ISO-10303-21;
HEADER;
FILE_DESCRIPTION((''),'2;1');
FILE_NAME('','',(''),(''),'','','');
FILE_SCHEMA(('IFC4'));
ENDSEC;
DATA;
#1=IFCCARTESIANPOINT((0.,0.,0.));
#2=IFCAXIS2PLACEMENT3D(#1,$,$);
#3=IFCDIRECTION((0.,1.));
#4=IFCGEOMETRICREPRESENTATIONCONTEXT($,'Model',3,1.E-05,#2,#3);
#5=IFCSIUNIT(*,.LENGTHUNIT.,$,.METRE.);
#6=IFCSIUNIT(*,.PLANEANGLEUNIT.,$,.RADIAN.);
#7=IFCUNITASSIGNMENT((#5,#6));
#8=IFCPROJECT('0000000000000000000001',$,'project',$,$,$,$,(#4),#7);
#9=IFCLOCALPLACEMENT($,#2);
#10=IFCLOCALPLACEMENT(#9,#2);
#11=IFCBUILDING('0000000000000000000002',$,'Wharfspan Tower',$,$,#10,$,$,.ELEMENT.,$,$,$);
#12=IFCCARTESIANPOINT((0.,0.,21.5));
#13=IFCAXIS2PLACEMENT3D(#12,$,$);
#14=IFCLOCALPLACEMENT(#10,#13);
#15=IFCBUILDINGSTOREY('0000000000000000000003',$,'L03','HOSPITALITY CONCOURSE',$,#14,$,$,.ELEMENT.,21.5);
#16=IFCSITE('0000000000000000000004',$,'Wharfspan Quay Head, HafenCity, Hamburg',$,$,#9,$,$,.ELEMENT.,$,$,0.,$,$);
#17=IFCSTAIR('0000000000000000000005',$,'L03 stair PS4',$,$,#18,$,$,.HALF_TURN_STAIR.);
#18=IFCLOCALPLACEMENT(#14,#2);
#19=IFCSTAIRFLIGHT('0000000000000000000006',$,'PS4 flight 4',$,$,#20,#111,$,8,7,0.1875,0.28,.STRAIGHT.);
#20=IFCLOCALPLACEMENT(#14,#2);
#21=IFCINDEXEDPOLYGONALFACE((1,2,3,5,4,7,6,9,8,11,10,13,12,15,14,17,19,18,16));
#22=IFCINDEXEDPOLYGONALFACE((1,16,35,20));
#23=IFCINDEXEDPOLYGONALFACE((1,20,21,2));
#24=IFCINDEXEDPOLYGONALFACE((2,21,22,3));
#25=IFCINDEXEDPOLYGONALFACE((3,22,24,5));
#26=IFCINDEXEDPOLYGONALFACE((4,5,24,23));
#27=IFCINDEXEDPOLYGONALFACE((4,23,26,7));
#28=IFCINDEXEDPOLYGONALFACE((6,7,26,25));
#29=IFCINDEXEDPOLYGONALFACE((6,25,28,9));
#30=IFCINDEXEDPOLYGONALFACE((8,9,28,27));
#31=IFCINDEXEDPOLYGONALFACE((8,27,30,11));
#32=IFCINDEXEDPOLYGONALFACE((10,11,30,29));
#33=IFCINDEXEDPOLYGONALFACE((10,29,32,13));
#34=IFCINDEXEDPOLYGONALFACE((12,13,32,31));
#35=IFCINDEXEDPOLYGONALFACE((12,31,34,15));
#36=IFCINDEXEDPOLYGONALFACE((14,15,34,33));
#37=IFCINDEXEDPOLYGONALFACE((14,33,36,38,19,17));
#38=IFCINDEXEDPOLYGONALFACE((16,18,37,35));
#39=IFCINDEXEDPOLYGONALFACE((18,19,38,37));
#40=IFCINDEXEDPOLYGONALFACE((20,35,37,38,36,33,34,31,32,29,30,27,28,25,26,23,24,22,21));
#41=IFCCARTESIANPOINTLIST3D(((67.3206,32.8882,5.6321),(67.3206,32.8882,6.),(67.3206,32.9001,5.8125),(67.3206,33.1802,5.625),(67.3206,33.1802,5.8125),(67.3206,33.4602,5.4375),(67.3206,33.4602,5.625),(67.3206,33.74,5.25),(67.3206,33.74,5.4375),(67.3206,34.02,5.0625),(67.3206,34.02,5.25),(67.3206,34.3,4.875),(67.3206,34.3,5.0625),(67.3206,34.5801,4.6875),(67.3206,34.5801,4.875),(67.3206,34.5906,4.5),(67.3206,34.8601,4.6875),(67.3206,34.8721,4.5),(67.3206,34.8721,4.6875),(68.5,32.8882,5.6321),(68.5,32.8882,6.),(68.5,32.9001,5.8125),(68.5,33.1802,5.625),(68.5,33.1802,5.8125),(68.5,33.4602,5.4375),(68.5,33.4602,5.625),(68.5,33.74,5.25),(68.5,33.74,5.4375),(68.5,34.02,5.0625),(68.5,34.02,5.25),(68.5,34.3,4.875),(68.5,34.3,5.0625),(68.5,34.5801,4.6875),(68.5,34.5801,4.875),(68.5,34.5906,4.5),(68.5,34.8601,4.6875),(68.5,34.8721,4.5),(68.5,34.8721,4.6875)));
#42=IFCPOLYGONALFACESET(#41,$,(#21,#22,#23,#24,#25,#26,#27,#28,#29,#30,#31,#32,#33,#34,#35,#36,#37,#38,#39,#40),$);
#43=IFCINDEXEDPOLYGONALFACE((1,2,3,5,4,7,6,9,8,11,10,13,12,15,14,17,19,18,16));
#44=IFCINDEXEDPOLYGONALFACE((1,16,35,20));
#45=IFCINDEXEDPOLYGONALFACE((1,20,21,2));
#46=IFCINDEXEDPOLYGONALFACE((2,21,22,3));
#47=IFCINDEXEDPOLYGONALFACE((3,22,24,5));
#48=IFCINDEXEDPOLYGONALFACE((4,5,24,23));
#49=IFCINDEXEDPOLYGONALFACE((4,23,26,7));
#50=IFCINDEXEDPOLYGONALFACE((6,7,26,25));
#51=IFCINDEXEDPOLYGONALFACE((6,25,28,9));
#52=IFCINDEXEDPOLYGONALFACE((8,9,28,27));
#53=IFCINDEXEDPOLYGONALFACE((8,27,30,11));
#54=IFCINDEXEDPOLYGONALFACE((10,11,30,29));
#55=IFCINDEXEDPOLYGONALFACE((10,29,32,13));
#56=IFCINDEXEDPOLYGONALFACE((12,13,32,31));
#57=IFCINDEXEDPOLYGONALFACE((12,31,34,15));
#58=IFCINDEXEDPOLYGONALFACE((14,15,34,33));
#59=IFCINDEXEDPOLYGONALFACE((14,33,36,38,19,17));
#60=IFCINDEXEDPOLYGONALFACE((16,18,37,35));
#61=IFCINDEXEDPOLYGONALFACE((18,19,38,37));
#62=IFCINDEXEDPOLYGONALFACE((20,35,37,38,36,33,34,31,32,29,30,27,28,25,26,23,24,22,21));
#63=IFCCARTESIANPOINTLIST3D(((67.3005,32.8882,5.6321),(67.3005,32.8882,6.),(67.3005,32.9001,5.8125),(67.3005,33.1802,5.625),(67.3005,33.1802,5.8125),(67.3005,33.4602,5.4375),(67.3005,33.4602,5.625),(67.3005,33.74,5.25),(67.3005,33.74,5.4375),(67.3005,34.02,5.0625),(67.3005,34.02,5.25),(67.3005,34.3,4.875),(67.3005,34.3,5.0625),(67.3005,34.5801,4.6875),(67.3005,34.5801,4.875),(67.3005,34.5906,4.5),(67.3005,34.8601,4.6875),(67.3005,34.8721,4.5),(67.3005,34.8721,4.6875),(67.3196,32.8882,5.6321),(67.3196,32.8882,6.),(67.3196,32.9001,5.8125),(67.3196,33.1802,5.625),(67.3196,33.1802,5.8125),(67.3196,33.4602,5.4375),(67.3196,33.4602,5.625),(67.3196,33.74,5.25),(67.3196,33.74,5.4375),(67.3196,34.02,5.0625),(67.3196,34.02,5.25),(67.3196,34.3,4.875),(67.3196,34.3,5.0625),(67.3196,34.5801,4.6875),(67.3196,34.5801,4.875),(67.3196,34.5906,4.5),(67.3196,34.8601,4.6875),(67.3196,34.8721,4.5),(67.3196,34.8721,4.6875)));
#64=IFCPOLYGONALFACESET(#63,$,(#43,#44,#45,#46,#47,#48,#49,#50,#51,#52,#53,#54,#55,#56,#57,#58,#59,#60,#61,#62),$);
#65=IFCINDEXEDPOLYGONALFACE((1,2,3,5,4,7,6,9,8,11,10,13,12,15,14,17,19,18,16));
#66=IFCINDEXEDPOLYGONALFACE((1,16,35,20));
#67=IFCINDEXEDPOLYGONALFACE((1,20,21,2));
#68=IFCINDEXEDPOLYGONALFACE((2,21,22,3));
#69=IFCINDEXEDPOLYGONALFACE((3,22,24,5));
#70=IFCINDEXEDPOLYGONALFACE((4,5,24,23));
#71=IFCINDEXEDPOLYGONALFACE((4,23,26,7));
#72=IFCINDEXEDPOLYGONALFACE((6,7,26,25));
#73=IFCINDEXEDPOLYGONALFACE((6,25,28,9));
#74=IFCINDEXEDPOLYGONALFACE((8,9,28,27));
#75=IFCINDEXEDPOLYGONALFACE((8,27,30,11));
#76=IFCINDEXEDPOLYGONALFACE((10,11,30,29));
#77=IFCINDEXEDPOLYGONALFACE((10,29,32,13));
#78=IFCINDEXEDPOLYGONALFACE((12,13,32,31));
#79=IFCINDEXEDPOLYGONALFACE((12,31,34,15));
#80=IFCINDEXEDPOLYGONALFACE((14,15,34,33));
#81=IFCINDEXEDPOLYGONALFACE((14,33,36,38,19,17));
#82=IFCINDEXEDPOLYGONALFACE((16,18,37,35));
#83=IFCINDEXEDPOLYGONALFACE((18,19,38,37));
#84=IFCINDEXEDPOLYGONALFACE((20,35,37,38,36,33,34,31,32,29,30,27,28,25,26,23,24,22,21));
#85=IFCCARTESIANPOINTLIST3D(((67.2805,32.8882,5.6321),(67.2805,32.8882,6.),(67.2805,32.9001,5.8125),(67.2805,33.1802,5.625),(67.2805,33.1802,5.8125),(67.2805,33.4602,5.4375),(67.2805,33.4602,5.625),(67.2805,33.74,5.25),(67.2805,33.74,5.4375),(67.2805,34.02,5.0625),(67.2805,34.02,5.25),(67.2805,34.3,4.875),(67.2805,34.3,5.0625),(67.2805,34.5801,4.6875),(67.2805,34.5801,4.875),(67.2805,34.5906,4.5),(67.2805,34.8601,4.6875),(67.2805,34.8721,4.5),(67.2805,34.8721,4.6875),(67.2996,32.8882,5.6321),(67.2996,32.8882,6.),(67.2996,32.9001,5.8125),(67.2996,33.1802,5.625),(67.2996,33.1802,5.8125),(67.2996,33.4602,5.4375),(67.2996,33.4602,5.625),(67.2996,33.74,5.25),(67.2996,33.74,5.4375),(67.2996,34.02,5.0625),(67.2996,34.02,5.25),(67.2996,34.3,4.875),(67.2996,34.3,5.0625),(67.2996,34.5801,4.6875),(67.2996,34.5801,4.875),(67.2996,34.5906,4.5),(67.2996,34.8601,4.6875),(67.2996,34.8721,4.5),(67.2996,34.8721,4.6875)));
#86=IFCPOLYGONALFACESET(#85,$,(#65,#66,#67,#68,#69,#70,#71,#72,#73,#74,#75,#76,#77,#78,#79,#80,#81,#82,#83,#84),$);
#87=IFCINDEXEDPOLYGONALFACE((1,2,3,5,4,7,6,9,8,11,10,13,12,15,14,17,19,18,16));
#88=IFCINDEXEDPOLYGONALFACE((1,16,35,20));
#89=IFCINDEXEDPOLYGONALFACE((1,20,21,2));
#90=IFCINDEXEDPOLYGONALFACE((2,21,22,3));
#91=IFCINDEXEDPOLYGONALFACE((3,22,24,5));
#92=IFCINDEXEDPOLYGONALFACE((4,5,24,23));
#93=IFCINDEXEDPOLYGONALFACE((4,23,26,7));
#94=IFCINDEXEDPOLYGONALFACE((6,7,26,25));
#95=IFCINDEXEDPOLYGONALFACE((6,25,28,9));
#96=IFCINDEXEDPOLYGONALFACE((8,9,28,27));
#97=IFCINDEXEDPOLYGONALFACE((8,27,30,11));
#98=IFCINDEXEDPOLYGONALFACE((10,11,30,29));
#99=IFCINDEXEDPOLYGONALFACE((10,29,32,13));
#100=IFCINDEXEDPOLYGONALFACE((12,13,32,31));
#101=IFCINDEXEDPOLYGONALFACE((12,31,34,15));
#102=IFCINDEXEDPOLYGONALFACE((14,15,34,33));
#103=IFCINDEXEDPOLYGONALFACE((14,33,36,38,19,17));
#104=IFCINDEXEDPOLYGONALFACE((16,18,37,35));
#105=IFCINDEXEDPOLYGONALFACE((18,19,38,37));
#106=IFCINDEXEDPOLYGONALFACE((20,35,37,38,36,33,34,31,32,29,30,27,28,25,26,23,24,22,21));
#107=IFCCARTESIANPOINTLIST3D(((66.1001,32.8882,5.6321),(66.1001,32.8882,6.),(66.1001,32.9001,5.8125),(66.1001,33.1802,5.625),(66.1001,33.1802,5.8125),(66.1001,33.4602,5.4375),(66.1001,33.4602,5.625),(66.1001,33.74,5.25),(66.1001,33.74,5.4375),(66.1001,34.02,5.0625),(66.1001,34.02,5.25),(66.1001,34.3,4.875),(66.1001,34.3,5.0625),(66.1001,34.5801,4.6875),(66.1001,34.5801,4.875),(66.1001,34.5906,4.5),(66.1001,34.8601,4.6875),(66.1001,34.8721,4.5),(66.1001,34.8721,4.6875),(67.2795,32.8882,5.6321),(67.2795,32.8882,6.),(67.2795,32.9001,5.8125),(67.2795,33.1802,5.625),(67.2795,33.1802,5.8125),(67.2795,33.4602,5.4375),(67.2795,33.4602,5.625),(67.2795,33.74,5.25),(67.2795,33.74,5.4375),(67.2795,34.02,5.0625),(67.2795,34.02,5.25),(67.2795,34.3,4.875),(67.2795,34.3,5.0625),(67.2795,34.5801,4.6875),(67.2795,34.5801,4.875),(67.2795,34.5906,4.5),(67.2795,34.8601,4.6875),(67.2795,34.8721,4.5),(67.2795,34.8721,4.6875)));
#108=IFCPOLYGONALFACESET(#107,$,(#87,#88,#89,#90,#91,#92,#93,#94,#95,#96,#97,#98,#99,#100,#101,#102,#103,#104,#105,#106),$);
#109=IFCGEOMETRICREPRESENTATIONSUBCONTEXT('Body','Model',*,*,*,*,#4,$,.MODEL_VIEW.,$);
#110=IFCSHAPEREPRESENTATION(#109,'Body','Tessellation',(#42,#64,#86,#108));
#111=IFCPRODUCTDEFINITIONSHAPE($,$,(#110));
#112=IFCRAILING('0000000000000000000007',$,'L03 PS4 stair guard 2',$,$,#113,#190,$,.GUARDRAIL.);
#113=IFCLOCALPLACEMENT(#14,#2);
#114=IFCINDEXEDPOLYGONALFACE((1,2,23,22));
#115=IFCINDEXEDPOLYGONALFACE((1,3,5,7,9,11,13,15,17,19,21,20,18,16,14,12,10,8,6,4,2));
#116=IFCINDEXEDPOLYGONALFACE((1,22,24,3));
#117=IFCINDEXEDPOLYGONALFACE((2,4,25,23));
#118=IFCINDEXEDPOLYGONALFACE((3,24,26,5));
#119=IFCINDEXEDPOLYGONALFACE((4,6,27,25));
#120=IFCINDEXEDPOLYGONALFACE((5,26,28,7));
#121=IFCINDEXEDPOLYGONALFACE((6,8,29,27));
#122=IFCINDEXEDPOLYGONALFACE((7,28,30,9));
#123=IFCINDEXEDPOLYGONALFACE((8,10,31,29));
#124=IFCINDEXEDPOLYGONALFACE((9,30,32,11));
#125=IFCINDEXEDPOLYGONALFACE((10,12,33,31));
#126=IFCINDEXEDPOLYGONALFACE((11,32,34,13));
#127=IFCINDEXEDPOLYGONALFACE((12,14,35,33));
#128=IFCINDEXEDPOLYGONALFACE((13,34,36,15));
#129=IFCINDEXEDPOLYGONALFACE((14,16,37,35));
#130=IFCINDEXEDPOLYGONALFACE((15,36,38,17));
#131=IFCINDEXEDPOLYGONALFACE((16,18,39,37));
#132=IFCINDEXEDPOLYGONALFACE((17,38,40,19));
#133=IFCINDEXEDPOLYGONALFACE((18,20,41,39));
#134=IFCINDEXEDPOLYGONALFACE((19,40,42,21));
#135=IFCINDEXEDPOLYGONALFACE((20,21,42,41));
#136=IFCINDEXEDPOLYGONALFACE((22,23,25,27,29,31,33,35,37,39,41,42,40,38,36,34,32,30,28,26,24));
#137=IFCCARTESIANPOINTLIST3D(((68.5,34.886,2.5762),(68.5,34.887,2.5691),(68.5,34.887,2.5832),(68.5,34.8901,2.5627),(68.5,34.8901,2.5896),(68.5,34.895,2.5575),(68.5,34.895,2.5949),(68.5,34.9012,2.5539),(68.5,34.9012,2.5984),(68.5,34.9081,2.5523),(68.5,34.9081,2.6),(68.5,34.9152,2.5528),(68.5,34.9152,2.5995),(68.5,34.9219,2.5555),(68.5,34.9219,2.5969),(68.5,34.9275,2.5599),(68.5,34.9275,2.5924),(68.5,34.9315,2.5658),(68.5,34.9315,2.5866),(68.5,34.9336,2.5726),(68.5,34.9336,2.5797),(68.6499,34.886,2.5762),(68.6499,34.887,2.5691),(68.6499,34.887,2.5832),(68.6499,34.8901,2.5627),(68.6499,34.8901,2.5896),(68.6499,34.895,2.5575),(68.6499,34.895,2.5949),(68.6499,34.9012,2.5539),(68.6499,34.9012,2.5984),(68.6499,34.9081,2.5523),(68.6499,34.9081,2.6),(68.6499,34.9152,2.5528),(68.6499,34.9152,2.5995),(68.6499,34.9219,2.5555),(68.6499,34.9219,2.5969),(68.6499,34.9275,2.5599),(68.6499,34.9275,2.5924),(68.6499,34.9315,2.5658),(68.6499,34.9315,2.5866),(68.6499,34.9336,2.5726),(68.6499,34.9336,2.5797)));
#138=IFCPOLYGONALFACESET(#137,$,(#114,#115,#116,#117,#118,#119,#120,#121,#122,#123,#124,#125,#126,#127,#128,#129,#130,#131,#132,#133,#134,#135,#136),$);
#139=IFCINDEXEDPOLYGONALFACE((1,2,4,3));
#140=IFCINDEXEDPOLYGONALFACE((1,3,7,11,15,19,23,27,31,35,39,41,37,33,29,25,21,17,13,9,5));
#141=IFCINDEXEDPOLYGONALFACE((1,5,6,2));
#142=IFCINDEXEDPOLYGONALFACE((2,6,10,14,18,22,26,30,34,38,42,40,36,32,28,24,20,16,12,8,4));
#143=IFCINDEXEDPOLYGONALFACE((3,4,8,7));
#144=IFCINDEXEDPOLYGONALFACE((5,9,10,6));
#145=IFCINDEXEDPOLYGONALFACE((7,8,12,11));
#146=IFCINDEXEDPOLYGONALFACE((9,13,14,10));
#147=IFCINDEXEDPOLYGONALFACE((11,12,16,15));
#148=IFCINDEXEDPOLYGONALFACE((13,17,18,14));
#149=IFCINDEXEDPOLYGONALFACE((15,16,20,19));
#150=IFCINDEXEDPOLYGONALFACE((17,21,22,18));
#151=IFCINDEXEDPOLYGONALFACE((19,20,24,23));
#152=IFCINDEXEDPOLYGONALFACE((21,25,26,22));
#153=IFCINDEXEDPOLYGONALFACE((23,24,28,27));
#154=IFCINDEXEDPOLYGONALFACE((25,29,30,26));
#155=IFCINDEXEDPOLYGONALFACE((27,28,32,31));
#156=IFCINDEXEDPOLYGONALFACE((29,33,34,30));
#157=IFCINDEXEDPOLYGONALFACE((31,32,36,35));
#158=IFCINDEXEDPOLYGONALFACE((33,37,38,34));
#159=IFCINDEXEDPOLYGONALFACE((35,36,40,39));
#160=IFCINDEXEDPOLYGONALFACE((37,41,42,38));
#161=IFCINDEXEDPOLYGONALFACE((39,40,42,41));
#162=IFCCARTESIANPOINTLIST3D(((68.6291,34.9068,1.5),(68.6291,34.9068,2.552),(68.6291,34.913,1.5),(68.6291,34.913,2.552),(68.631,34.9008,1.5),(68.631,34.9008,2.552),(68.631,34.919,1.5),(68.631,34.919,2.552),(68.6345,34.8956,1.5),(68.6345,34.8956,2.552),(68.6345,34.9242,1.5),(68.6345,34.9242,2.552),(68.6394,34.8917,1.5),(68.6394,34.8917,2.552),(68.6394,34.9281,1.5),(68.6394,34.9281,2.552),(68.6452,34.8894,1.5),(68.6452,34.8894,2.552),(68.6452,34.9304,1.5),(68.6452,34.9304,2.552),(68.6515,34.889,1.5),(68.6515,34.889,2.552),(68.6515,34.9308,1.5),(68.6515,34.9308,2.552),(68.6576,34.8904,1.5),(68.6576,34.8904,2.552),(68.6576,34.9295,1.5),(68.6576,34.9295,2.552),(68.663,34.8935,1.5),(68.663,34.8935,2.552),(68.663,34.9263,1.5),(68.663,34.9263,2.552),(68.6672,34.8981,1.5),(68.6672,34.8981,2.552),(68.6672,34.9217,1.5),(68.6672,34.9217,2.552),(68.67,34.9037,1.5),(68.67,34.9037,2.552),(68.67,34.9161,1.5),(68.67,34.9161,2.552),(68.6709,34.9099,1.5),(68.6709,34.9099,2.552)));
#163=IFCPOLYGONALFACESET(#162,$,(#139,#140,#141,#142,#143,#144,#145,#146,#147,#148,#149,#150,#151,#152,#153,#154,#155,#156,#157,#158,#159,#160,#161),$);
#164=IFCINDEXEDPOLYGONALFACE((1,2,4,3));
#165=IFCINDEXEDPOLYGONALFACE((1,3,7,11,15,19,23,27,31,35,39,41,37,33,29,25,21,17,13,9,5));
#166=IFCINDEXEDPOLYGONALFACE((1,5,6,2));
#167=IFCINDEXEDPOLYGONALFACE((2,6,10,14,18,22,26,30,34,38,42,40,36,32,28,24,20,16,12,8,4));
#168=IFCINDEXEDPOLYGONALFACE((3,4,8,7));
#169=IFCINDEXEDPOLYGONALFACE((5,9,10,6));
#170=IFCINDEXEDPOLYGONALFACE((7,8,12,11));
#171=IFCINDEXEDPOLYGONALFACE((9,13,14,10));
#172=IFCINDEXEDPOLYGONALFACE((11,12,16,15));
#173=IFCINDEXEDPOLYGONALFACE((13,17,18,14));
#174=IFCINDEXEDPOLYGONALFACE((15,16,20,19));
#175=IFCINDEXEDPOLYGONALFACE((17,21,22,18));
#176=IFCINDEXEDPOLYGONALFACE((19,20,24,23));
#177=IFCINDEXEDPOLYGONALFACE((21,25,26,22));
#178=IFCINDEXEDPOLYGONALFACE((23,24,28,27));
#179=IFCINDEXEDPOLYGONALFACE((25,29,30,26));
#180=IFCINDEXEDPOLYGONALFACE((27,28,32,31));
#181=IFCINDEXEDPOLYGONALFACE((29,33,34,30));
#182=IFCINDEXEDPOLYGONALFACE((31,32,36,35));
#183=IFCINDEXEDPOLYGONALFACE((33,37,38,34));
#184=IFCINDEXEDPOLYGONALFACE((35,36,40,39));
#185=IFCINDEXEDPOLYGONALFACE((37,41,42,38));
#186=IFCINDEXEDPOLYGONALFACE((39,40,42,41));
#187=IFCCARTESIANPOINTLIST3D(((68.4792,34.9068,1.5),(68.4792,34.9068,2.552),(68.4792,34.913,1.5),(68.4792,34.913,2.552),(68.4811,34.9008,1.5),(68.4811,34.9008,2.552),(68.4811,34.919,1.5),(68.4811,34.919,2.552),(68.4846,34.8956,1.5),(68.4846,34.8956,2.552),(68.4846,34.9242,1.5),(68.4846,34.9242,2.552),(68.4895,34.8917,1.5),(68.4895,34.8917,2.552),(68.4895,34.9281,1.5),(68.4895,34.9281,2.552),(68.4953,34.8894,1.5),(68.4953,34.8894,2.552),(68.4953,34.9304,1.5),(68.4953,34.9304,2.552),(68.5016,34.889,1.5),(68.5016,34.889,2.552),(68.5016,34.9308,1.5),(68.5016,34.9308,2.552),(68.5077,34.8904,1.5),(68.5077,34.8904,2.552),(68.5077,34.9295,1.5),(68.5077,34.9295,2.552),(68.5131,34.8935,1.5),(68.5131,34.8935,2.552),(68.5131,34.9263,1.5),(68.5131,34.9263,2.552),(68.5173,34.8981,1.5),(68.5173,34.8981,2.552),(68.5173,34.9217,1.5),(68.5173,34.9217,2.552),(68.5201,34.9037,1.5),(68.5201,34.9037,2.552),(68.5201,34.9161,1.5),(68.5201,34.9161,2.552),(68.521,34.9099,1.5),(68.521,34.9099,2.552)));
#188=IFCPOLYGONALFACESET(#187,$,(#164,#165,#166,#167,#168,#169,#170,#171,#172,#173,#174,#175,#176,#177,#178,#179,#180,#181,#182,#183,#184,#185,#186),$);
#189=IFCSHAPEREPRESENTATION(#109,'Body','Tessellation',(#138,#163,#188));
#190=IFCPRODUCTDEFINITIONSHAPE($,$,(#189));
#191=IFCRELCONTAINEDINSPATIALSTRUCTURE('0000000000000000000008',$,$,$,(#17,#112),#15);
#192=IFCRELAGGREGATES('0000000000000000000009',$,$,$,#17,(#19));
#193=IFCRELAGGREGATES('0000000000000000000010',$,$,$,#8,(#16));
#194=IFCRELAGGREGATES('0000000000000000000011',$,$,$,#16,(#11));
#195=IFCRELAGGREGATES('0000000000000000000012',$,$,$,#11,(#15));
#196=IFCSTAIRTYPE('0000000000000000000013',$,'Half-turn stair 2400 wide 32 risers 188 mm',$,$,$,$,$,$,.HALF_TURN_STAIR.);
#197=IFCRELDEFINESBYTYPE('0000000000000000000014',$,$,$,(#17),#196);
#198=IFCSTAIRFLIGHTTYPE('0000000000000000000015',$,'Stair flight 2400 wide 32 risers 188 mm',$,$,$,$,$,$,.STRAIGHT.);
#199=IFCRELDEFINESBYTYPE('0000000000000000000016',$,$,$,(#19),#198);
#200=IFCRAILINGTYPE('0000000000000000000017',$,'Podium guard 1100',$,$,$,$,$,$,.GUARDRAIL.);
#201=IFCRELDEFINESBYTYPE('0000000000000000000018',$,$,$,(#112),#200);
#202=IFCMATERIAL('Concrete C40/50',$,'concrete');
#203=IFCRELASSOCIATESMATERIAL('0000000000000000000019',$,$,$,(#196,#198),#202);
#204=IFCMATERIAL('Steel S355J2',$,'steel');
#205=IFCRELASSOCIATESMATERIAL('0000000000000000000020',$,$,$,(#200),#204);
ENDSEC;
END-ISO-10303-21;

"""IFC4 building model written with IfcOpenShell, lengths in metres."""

from ifc_helpers import new_model, si_unit, direction, frame, origin, origin_2d, place, context, subcontext, project, spatial, polyline, circle, outline, extrude, material, type_object, element, aggregate, save


model = new_model("IFC4")

# Units and contexts
model_context = context("Model", 3, precision=1e-05, world=origin(), true_north=direction((0.0, 1.0)))
body_context = subcontext(model_context, "Body", "Model", "MODEL_VIEW")
ifc_project = project(units=[si_unit("LENGTHUNIT", "METRE"), si_unit("PLANEANGLEUNIT", "RADIAN")], contexts=[model_context])

# Site, building, storey
site_placement = place(None, origin())
site = spatial("IfcSite", under=ifc_project, at=site_placement, Name="Wharfspan Quay Head, HafenCity, Hamburg", CompositionType="ELEMENT", RefElevation=0.0)
building_placement = place(site_placement, origin())
building = spatial("IfcBuilding", under=site, at=building_placement, Name="Wharfspan Tower", CompositionType="ELEMENT")
storey_placement = place(building_placement, frame((0.0, 0.0, 21.5)))
storey = spatial("IfcBuildingStorey", under=building, at=storey_placement, Name="L03", Description="HOSPITALITY CONCOURSE", CompositionType="ELEMENT", Elevation=21.5)

# Shared definitions
ifc_material_1 = material(Name="Concrete C40/50", Category="concrete")

# Stair, stair flight
stair_type = type_object("IfcStairType", Name="Half-turn stair 2400 wide 32 risers 188 mm", PredefinedType="HALF_TURN_STAIR", material=ifc_material_1)
stair_placement = place(storey_placement, origin())
stair = element("IfcStair", 1, at=stair_placement, inside=storey, type_object=stair_type, Name="L03 stair PS4", PredefinedType="HALF_TURN_STAIR")
stair_flight_type = type_object("IfcStairFlightType", Name="Stair flight 2400 wide 32 risers 188 mm", PredefinedType="STRAIGHT", material=ifc_material_1)
stair_flight_1_placement = place(storey_placement, frame((67.3, 34.8601, 4.5), z_axis=(0.0, 0.0, 1.0), x_axis=(0.0, -1.0, 0.0)))
stair_flight_1 = element("IfcStairFlight", 2, at=stair_flight_1_placement, type_object=stair_flight_type, Name="PS4 flight 4", NumberOfRisers=8, NumberOfTreads=7, PredefinedType="STRAIGHT", RiserHeight=0.1875, TreadLength=0.28, context=body_context, shape_type="SweptSolid", body=[
    extrude(outline(polyline([(-0.012, 0.0), (-0.012, 0.1875), (0.0, 0.1875), (0.28, 0.1875), (0.28, 0.375), (0.5601, 0.375), (0.5601, 0.5625), (0.8401, 0.5625), (0.8401, 0.75), (1.1201, 0.75), (1.1201, 0.9375), (1.3999, 0.9375), (1.3999, 1.125), (1.6799, 1.125), (1.6799, 1.3125), (1.96, 1.3125), (1.9719, 1.5), (1.9719, 1.1321), (0.2695, 0.0), (-0.012, 0.0)])), frame((0.0, 1.2, 0.0), z_axis=(0.0, -1.0, 0.0), x_axis=(1.0, 0.0, 0.0)), (0.0, 0.0, 1.0), 1.1794),
    extrude(outline(polyline([(-0.012, 0.0), (-0.012, 0.1875), (0.0, 0.1875), (0.28, 0.1875), (0.28, 0.375), (0.5601, 0.375), (0.5601, 0.5625), (0.8401, 0.5625), (0.8401, 0.75), (1.1201, 0.75), (1.1201, 0.9375), (1.3999, 0.9375), (1.3999, 1.125), (1.6799, 1.125), (1.6799, 1.3125), (1.96, 1.3125), (1.9719, 1.5), (1.9719, 1.1321), (0.2695, 0.0), (-0.012, 0.0)])), frame((0.0, 0.0195, 0.0), z_axis=(0.0, -1.0, 0.0), x_axis=(1.0, 0.0, 0.0)), (0.0, 0.0, 1.0), 0.019),
    extrude(outline(polyline([(-0.012, 0.0), (-0.012, 0.1875), (0.0, 0.1875), (0.28, 0.1875), (0.28, 0.375), (0.5601, 0.375), (0.5601, 0.5625), (0.8401, 0.5625), (0.8401, 0.75), (1.1201, 0.75), (1.1201, 0.9375), (1.3999, 0.9375), (1.3999, 1.125), (1.6799, 1.125), (1.6799, 1.3125), (1.96, 1.3125), (1.9719, 1.5), (1.9719, 1.1321), (0.2695, 0.0), (-0.012, 0.0)])), frame((0.0, -0.0005, 0.0), z_axis=(0.0, -1.0, 0.0), x_axis=(1.0, 0.0, 0.0)), (0.0, 0.0, 1.0), 0.019),
    extrude(outline(polyline([(-0.012, 0.0), (-0.012, 0.1875), (0.0, 0.1875), (0.28, 0.1875), (0.28, 0.375), (0.5601, 0.375), (0.5601, 0.5625), (0.8401, 0.5625), (0.8401, 0.75), (1.1201, 0.75), (1.1201, 0.9375), (1.3999, 0.9375), (1.3999, 1.125), (1.6799, 1.125), (1.6799, 1.3125), (1.96, 1.3125), (1.9719, 1.5), (1.9719, 1.1321), (0.2695, 0.0), (-0.012, 0.0)])), frame((0.0, -0.0205, 0.0), z_axis=(0.0, -1.0, 0.0), x_axis=(1.0, 0.0, 0.0)), (0.0, 0.0, 1.0), 1.1794),
])
aggregate(stair, [stair_flight_1])

# Railing
ifc_material_2 = material(Name="Steel S355J2", Category="steel")
railing_type_1 = type_object("IfcRailingType", Name="Podium guard 1100", PredefinedType="GUARDRAIL", material=ifc_material_2)
railing_1_placement = place(storey_placement, frame((68.6499, 34.9099, 1.5)))
element("IfcRailing", 3, at=railing_1_placement, inside=storey, type_object=railing_type_1, Name="L03 PS4 stair guard 2", PredefinedType="GUARDRAIL", context=body_context, shape_type="SweptSolid", body=[
    extrude(circle(Radius=0.0239, at=origin_2d()), frame((0.0, 0.0, 1.0762), z_axis=(-1.0, 0.0, 0.0), x_axis=(0.0, -1.0, 0.0)), (0.0, 0.0, 1.0), 0.1499),
    extrude(circle(Radius=0.021, at=origin_2d()), origin(), (0.0, 0.0, 1.0), 1.052),
    extrude(circle(Radius=0.021, at=origin_2d()), frame((-0.1499, 0.0, 0.0)), (0.0, 0.0, 1.0), 1.052),
])

save(model, "model.ifc")
